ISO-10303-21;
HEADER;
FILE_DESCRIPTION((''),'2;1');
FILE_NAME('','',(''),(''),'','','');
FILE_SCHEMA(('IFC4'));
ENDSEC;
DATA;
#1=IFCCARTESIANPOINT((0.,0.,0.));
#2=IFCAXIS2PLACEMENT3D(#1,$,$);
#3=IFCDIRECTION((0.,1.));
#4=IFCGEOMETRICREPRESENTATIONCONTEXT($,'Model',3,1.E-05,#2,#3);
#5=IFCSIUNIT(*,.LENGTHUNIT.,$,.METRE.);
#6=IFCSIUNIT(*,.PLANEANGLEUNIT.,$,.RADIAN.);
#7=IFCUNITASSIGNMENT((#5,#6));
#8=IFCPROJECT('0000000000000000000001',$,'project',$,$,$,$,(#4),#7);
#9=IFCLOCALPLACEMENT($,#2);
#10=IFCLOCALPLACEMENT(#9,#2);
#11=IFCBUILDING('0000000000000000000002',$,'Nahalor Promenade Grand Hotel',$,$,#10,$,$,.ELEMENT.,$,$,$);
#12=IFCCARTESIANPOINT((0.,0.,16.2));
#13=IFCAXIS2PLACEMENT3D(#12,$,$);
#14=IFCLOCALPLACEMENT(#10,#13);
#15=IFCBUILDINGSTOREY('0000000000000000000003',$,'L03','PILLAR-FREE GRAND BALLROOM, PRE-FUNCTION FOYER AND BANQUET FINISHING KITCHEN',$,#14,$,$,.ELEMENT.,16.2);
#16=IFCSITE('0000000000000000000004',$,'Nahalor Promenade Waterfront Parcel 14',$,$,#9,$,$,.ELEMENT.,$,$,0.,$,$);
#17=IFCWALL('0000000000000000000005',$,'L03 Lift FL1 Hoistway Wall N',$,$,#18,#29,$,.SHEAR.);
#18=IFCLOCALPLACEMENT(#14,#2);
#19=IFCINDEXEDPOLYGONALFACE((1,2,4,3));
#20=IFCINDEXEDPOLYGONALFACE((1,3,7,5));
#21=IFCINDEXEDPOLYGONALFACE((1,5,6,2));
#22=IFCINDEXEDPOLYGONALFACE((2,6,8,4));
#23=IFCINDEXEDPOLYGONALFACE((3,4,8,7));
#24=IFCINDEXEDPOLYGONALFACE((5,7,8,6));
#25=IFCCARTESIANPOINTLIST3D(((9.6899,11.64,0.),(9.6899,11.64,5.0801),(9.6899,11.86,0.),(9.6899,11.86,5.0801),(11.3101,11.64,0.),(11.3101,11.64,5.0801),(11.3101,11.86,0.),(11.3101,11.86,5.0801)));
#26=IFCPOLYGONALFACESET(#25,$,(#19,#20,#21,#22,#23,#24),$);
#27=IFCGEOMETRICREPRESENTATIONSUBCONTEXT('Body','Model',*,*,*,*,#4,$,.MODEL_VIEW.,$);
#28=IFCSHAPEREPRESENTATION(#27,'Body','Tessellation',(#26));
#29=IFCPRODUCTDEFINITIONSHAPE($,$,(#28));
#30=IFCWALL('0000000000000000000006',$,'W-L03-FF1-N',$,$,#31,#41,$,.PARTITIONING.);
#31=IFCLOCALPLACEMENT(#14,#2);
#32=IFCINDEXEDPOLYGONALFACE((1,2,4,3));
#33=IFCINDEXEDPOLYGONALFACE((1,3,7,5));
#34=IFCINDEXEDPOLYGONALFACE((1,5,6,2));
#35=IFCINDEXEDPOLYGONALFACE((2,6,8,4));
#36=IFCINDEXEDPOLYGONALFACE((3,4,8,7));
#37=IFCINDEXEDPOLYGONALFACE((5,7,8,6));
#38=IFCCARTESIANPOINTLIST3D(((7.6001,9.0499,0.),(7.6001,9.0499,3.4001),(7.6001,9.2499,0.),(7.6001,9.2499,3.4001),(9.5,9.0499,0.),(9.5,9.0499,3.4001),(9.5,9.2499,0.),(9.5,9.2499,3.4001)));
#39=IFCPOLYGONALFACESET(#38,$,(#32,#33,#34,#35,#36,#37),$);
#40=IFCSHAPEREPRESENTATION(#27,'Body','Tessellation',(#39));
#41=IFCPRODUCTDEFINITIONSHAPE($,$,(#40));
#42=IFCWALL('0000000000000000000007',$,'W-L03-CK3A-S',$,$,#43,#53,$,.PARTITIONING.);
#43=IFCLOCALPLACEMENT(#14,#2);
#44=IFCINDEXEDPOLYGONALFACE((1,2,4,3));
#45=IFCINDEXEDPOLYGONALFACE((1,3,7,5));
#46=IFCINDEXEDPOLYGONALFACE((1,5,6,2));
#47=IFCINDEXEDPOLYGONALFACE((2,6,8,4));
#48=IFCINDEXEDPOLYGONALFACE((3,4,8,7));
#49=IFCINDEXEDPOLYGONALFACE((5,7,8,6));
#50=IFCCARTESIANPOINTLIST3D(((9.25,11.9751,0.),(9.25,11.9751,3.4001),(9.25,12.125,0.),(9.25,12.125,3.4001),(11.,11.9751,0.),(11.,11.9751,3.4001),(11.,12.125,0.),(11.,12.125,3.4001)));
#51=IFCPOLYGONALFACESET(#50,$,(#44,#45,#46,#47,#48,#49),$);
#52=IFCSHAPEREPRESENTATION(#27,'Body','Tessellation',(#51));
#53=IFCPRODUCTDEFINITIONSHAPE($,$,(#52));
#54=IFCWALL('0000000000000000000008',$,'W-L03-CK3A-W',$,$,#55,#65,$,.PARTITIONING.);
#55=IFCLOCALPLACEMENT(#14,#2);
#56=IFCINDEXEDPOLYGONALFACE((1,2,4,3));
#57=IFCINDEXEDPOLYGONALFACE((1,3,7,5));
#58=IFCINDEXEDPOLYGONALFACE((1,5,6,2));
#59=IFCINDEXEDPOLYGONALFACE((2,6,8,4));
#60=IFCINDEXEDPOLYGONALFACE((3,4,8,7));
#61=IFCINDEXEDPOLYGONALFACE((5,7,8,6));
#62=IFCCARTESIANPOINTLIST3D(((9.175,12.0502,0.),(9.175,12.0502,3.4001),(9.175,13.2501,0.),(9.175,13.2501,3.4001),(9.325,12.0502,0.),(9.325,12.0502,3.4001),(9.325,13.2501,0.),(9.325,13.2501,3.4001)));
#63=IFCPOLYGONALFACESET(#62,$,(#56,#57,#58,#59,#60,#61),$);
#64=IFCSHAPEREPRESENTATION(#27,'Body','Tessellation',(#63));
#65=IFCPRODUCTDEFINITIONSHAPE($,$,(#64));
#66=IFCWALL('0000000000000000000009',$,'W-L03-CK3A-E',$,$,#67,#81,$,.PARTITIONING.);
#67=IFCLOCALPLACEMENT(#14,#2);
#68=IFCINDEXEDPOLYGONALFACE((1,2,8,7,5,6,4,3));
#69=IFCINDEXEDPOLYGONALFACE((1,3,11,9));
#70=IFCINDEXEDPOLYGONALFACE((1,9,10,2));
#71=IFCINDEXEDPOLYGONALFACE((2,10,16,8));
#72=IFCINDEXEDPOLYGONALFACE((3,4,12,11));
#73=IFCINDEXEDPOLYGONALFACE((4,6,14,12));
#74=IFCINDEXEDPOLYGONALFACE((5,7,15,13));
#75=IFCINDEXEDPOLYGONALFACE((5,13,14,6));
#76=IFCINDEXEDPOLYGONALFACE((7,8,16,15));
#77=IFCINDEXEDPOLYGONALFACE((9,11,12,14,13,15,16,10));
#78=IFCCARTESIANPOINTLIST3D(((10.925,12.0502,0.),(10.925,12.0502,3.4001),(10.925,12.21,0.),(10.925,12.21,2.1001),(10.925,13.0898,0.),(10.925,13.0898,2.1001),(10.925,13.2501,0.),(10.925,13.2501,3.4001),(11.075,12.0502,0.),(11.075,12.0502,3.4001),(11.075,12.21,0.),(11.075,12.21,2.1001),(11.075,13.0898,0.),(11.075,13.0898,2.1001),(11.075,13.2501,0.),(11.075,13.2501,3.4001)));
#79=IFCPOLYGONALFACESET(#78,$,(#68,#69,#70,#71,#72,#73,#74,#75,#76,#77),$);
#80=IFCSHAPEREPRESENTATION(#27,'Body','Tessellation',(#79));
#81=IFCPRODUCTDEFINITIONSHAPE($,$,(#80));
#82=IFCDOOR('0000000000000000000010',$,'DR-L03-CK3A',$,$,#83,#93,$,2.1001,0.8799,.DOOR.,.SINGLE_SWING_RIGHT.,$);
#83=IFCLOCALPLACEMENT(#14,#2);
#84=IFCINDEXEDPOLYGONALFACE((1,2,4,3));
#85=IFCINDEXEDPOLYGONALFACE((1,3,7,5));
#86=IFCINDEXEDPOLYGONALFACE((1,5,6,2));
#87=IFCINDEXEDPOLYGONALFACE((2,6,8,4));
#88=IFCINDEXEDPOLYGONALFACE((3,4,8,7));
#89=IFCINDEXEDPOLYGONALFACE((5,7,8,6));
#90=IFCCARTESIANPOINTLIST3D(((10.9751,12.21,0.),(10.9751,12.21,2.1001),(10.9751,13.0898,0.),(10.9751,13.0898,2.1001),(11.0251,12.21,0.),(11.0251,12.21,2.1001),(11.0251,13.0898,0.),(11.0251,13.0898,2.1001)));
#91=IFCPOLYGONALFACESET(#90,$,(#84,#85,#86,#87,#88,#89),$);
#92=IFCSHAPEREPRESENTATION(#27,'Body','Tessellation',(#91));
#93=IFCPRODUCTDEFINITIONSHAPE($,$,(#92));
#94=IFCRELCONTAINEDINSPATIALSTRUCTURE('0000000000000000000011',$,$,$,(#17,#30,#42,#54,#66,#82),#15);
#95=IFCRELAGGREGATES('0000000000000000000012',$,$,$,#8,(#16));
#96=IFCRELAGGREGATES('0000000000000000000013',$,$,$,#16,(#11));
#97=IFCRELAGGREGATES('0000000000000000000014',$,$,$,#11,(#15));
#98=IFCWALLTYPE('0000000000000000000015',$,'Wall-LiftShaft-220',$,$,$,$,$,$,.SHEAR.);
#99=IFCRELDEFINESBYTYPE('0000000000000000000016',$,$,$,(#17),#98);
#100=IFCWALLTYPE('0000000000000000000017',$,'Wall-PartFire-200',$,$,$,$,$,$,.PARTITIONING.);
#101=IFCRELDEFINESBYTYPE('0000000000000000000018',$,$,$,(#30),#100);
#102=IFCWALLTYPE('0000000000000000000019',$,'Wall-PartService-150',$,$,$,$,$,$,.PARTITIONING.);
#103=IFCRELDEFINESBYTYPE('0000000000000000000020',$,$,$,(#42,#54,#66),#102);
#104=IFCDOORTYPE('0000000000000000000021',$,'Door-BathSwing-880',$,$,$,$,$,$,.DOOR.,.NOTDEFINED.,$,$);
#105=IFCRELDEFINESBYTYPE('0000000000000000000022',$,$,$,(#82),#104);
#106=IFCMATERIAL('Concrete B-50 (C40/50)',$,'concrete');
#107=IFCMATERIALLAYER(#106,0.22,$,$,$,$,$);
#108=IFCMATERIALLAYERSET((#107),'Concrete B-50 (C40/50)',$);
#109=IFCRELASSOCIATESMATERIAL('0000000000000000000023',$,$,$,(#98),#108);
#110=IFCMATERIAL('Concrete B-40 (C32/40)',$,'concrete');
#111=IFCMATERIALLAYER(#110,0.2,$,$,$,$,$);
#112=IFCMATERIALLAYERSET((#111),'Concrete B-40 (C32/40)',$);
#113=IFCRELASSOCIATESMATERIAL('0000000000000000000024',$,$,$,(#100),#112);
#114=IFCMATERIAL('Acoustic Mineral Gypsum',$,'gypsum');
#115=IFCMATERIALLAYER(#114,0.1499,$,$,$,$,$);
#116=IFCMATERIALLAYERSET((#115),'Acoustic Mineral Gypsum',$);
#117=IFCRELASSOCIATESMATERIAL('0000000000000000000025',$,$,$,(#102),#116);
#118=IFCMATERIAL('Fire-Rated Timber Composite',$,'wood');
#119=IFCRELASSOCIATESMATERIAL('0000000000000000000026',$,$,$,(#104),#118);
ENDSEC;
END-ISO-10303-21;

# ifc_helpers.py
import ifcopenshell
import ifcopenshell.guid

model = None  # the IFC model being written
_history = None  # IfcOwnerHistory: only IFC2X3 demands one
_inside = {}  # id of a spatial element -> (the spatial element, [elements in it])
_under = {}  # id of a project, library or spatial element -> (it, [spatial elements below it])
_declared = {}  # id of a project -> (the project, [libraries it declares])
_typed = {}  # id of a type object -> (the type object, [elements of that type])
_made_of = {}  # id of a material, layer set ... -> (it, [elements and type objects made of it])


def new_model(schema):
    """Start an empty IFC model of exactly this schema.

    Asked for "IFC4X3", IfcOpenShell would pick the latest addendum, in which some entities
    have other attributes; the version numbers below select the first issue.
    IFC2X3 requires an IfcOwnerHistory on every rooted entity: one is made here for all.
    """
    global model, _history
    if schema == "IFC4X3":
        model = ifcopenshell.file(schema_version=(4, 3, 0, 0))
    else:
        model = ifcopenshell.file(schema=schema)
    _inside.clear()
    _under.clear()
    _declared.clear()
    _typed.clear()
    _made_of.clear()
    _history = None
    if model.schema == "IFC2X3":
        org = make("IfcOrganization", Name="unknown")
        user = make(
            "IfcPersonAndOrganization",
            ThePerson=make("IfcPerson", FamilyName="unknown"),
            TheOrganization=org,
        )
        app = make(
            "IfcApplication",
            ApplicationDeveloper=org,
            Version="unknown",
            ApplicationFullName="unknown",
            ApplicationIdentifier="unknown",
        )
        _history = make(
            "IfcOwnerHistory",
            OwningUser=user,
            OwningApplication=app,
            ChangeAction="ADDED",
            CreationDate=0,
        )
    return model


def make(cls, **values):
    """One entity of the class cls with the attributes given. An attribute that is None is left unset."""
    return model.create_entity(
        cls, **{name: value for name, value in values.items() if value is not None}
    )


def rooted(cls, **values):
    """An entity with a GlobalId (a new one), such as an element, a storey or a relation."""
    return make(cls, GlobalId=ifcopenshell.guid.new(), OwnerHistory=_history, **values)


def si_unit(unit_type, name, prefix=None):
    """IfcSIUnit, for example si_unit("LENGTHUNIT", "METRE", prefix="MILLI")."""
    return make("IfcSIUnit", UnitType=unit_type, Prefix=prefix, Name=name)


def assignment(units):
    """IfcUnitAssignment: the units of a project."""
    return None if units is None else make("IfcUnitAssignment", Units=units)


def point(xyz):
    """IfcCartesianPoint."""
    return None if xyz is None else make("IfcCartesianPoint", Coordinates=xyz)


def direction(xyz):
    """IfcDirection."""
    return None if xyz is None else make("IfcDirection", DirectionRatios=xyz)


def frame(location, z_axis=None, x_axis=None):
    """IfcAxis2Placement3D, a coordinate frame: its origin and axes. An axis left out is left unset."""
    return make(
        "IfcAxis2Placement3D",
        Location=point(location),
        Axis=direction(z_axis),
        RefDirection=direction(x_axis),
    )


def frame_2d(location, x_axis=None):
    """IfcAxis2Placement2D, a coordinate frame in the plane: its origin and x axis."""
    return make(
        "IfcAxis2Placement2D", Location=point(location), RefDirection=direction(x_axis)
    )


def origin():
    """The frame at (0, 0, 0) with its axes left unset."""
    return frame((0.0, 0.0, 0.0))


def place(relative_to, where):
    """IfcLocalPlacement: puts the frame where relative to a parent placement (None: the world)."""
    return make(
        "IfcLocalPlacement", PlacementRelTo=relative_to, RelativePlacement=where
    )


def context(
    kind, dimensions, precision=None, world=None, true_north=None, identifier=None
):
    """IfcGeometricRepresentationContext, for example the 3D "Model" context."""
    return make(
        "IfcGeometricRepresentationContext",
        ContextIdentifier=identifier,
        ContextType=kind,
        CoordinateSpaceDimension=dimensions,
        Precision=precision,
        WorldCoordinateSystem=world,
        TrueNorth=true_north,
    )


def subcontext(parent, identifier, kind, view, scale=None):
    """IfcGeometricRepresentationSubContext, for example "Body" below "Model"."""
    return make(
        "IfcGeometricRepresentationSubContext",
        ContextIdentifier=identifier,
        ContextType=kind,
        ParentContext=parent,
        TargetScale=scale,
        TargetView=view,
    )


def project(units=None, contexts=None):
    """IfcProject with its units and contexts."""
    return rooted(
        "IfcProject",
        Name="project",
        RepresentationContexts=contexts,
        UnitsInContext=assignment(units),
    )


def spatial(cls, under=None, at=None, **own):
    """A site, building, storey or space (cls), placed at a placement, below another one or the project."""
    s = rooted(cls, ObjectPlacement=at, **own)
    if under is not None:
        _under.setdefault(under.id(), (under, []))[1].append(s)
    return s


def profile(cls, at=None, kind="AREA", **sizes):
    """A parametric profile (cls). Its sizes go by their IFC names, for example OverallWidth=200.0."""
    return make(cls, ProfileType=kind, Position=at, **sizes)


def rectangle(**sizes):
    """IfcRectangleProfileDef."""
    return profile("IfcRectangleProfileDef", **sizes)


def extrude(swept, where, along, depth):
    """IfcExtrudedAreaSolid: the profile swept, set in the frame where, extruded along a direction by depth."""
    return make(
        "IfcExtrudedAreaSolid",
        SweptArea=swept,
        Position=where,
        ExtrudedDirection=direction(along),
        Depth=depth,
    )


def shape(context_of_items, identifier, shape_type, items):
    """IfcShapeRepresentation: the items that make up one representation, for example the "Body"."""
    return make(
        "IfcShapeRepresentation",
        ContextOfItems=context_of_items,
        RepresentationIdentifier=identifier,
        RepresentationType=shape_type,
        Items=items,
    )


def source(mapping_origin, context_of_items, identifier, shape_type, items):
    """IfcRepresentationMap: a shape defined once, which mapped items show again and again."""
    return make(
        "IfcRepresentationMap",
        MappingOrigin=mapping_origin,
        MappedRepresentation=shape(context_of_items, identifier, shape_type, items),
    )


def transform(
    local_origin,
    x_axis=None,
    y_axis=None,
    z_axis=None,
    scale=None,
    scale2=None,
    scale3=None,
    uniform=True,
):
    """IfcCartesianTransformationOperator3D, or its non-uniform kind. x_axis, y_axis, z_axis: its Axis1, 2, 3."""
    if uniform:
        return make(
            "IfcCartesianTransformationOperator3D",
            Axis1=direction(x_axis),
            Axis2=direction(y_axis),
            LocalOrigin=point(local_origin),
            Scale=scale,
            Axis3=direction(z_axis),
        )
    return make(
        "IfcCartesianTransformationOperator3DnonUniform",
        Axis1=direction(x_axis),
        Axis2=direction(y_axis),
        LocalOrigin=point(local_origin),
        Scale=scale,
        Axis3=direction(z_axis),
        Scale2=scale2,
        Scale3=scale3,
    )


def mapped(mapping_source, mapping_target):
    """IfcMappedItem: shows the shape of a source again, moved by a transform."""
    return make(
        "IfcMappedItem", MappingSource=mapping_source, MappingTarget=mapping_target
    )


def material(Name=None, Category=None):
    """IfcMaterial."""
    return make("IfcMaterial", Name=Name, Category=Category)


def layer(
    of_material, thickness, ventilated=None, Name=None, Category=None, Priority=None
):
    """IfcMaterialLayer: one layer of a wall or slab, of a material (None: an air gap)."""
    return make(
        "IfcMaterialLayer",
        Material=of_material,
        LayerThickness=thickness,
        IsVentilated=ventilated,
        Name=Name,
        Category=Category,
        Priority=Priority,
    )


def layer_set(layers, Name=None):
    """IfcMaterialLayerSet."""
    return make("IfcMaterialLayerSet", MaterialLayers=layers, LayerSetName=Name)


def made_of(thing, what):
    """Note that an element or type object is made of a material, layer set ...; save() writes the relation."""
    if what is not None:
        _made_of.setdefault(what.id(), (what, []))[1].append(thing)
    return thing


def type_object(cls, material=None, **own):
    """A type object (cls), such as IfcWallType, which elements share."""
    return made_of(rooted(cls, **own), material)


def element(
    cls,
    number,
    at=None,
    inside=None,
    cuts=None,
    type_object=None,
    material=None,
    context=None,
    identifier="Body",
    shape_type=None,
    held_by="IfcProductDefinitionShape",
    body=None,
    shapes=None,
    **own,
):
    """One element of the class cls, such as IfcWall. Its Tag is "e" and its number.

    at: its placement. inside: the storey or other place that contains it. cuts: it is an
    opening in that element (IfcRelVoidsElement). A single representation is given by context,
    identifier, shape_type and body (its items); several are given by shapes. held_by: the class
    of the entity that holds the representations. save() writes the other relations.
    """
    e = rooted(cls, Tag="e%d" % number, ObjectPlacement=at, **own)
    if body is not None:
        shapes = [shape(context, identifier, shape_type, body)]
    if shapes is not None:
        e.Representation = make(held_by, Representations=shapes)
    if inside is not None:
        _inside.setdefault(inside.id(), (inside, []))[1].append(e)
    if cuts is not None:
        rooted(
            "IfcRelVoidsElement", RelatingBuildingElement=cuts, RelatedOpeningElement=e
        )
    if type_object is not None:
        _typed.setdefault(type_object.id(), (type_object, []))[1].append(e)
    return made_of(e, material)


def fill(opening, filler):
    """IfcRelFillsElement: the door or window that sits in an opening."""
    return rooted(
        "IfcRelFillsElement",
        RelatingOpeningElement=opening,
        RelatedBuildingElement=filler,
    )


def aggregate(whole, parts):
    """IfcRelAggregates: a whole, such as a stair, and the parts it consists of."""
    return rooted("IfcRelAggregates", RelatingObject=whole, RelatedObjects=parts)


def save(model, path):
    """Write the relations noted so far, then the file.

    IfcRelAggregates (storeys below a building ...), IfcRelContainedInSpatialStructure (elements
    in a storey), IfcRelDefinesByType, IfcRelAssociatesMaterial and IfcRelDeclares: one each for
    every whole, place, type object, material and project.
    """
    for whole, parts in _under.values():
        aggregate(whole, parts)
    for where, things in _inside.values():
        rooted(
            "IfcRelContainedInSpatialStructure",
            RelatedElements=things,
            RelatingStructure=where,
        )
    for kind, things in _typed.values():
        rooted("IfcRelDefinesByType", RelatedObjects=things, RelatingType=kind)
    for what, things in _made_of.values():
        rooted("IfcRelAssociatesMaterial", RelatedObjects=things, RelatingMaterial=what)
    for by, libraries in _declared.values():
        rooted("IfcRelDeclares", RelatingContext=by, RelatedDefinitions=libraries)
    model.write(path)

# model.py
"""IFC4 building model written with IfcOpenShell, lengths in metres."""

from ifc_helpers import new_model, si_unit, direction, frame, frame_2d, origin, place, context, subcontext, project, spatial, rectangle, extrude, source, transform, mapped, material, layer, layer_set, type_object, element, fill, save


model = new_model("IFC4")

# Units and contexts
model_context = context("Model", 3, precision=1e-05, world=origin(), true_north=direction((0.0, 1.0)))
body_context = subcontext(model_context, "Body", "Model", "MODEL_VIEW")
ifc_project = project(units=[si_unit("LENGTHUNIT", "METRE"), si_unit("PLANEANGLEUNIT", "RADIAN")], contexts=[model_context])

# Site, building, storey
site_placement = place(None, origin())
site = spatial("IfcSite", under=ifc_project, at=site_placement, Name="Nahalor Promenade Waterfront Parcel 14", CompositionType="ELEMENT", RefElevation=0.0)
building_placement = place(site_placement, origin())
building = spatial("IfcBuilding", under=site, at=building_placement, Name="Nahalor Promenade Grand Hotel", CompositionType="ELEMENT")
storey_placement = place(building_placement, frame((0.0, 0.0, 16.2)))
storey = spatial("IfcBuildingStorey", under=building, at=storey_placement, Name="L03", Description="PILLAR-FREE GRAND BALLROOM, PRE-FUNCTION FOYER AND BANQUET FINISHING KITCHEN", CompositionType="ELEMENT", Elevation=16.2)

# Shared definitions
ifc_material_1 = material(Name="Concrete B-50 (C40/50)", Category="concrete")
ifc_layer_1 = layer(ifc_material_1, 0.22)
ifc_layer_set_1 = layer_set([ifc_layer_1], Name="Concrete B-50 (C40/50)")
wall_type_1 = type_object("IfcWallType", Name="Wall-LiftShaft-220", PredefinedType="SHEAR", material=ifc_layer_set_1)

# Shared definitions
shared_shape_1 = source(origin(), body_context, "Body", "SweptSolid", [
    extrude(rectangle(XDim=1.6201, YDim=0.22, at=frame_2d((0.8101, 0.0))), origin(), (0.0, 0.0, 1.0), 5.0801),
])

# Walls
wall_1_placement = place(storey_placement, frame((9.6899, 11.75, 0.0), z_axis=(0.0, 0.0, 1.0), x_axis=(1.0, 0.0, 0.0)))
element("IfcWall", 1, at=wall_1_placement, inside=storey, type_object=wall_type_1, Name="L03 Lift FL1 Hoistway Wall N", PredefinedType="SHEAR", context=body_context, shape_type="MappedRepresentation", body=[
    mapped(shared_shape_1, transform((0.0, 0.0, 0.0), scale=1.0)),
])
ifc_material_2 = material(Name="Concrete B-40 (C32/40)", Category="concrete")
ifc_layer_2 = layer(ifc_material_2, 0.2)
ifc_layer_set_2 = layer_set([ifc_layer_2], Name="Concrete B-40 (C32/40)")
wall_type_2 = type_object("IfcWallType", Name="Wall-PartFire-200", PredefinedType="PARTITIONING", material=ifc_layer_set_2)
shared_shape_2 = source(origin(), body_context, "Body", "SweptSolid", [
    extrude(rectangle(XDim=1.8999, YDim=0.2, at=frame_2d((0.95, 0.0))), origin(), (0.0, 0.0, 1.0), 3.4001),
])
wall_2_placement = place(storey_placement, frame((7.6001, 9.1499, 0.0), z_axis=(0.0, 0.0, 1.0), x_axis=(1.0, 0.0, 0.0)))
element("IfcWall", 2, at=wall_2_placement, inside=storey, type_object=wall_type_2, Name="W-L03-FF1-N", PredefinedType="PARTITIONING", context=body_context, shape_type="MappedRepresentation", body=[
    mapped(shared_shape_2, transform((0.0, 0.0, 0.0), scale=1.0)),
])
ifc_material_3 = material(Name="Acoustic Mineral Gypsum", Category="gypsum")
ifc_layer_3 = layer(ifc_material_3, 0.1499)
ifc_layer_set_3 = layer_set([ifc_layer_3], Name="Acoustic Mineral Gypsum")
wall_type_3 = type_object("IfcWallType", Name="Wall-PartService-150", PredefinedType="PARTITIONING", material=ifc_layer_set_3)
shared_shape_3 = source(origin(), body_context, "Body", "SweptSolid", [
    extrude(rectangle(XDim=1.75, YDim=0.1499, at=frame_2d((0.875, 0.0))), origin(), (0.0, 0.0, 1.0), 3.4001),
])
wall_3_placement = place(storey_placement, frame((9.25, 12.05, 0.0), z_axis=(0.0, 0.0, 1.0), x_axis=(1.0, 0.0, 0.0)))
element("IfcWall", 3, at=wall_3_placement, inside=storey, type_object=wall_type_3, Name="W-L03-CK3A-S", PredefinedType="PARTITIONING", context=body_context, shape_type="MappedRepresentation", body=[
    mapped(shared_shape_3, transform((0.0, 0.0, 0.0), scale=1.0)),
])
shared_shape_4 = source(origin(), body_context, "Body", "SweptSolid", [
    extrude(rectangle(XDim=1.2, YDim=0.1499, at=frame_2d((0.6001, 0.0))), origin(), (0.0, 0.0, 1.0), 3.4001),
])
wall_4_placement = place(storey_placement, frame((9.25, 12.05, 0.0), z_axis=(0.0, 0.0, 1.0), x_axis=(0.0, 1.0, 0.0)))
element("IfcWall", 4, at=wall_4_placement, inside=storey, type_object=wall_type_3, Name="W-L03-CK3A-W", PredefinedType="PARTITIONING", context=body_context, shape_type="MappedRepresentation", body=[
    mapped(shared_shape_4, transform((0.0, 0.0, 0.0), scale=1.0)),
])

# Wall, opening, door
wall_5_placement = place(storey_placement, frame((11.0, 12.05, 0.0), z_axis=(0.0, 0.0, 1.0), x_axis=(0.0, 1.0, 0.0)))
wall_5 = element("IfcWall", 5, at=wall_5_placement, inside=storey, type_object=wall_type_3, Name="W-L03-CK3A-E", PredefinedType="PARTITIONING", context=body_context, shape_type="MappedRepresentation", body=[
    mapped(shared_shape_4, transform((0.0, 0.0, 0.0), scale=1.0)),
])
opening_1_placement = place(wall_5_placement, frame((0.1599, 0.0, 0.0)))
opening_1 = element("IfcOpeningElement", 6, at=opening_1_placement, cuts=wall_5, PredefinedType="OPENING", context=body_context, shape_type="SweptSolid", body=[
    extrude(rectangle(XDim=0.8799, YDim=2.1001, at=frame_2d((0.4399, 1.05))), frame((0.0, 0.085, 0.0), z_axis=(0.0, -1.0, 0.0), x_axis=(1.0, 0.0, 0.0)), (0.0, 0.0, 1.0), 0.1699),
])
ifc_material_4 = material(Name="Fire-Rated Timber Composite", Category="wood")
door_type_1 = type_object("IfcDoorType", Name="Door-BathSwing-880", OperationType="NOTDEFINED", PredefinedType="DOOR", material=ifc_material_4)
shared_shape_5 = source(origin(), body_context, "Body", "SweptSolid", [
    extrude(rectangle(XDim=0.8799, YDim=2.1001, at=frame_2d((0.4399, 1.05))), frame((0.0, 0.0249, 0.0), z_axis=(0.0, -1.0, 0.0), x_axis=(1.0, 0.0, 0.0)), (0.0, 0.0, 1.0), 0.05),
])
door_1_placement = place(opening_1_placement, origin())
door_1 = element("IfcDoor", 7, at=door_1_placement, inside=storey, type_object=door_type_1, Name="DR-L03-CK3A", OperationType="SINGLE_SWING_RIGHT", OverallHeight=2.1001, OverallWidth=0.8799, PredefinedType="DOOR", context=body_context, shape_type="MappedRepresentation", body=[
    mapped(shared_shape_5, transform((0.0, 0.0, 0.0), scale=1.0)),
])
fill(opening_1, door_1)

save(model, "model.ifc")
